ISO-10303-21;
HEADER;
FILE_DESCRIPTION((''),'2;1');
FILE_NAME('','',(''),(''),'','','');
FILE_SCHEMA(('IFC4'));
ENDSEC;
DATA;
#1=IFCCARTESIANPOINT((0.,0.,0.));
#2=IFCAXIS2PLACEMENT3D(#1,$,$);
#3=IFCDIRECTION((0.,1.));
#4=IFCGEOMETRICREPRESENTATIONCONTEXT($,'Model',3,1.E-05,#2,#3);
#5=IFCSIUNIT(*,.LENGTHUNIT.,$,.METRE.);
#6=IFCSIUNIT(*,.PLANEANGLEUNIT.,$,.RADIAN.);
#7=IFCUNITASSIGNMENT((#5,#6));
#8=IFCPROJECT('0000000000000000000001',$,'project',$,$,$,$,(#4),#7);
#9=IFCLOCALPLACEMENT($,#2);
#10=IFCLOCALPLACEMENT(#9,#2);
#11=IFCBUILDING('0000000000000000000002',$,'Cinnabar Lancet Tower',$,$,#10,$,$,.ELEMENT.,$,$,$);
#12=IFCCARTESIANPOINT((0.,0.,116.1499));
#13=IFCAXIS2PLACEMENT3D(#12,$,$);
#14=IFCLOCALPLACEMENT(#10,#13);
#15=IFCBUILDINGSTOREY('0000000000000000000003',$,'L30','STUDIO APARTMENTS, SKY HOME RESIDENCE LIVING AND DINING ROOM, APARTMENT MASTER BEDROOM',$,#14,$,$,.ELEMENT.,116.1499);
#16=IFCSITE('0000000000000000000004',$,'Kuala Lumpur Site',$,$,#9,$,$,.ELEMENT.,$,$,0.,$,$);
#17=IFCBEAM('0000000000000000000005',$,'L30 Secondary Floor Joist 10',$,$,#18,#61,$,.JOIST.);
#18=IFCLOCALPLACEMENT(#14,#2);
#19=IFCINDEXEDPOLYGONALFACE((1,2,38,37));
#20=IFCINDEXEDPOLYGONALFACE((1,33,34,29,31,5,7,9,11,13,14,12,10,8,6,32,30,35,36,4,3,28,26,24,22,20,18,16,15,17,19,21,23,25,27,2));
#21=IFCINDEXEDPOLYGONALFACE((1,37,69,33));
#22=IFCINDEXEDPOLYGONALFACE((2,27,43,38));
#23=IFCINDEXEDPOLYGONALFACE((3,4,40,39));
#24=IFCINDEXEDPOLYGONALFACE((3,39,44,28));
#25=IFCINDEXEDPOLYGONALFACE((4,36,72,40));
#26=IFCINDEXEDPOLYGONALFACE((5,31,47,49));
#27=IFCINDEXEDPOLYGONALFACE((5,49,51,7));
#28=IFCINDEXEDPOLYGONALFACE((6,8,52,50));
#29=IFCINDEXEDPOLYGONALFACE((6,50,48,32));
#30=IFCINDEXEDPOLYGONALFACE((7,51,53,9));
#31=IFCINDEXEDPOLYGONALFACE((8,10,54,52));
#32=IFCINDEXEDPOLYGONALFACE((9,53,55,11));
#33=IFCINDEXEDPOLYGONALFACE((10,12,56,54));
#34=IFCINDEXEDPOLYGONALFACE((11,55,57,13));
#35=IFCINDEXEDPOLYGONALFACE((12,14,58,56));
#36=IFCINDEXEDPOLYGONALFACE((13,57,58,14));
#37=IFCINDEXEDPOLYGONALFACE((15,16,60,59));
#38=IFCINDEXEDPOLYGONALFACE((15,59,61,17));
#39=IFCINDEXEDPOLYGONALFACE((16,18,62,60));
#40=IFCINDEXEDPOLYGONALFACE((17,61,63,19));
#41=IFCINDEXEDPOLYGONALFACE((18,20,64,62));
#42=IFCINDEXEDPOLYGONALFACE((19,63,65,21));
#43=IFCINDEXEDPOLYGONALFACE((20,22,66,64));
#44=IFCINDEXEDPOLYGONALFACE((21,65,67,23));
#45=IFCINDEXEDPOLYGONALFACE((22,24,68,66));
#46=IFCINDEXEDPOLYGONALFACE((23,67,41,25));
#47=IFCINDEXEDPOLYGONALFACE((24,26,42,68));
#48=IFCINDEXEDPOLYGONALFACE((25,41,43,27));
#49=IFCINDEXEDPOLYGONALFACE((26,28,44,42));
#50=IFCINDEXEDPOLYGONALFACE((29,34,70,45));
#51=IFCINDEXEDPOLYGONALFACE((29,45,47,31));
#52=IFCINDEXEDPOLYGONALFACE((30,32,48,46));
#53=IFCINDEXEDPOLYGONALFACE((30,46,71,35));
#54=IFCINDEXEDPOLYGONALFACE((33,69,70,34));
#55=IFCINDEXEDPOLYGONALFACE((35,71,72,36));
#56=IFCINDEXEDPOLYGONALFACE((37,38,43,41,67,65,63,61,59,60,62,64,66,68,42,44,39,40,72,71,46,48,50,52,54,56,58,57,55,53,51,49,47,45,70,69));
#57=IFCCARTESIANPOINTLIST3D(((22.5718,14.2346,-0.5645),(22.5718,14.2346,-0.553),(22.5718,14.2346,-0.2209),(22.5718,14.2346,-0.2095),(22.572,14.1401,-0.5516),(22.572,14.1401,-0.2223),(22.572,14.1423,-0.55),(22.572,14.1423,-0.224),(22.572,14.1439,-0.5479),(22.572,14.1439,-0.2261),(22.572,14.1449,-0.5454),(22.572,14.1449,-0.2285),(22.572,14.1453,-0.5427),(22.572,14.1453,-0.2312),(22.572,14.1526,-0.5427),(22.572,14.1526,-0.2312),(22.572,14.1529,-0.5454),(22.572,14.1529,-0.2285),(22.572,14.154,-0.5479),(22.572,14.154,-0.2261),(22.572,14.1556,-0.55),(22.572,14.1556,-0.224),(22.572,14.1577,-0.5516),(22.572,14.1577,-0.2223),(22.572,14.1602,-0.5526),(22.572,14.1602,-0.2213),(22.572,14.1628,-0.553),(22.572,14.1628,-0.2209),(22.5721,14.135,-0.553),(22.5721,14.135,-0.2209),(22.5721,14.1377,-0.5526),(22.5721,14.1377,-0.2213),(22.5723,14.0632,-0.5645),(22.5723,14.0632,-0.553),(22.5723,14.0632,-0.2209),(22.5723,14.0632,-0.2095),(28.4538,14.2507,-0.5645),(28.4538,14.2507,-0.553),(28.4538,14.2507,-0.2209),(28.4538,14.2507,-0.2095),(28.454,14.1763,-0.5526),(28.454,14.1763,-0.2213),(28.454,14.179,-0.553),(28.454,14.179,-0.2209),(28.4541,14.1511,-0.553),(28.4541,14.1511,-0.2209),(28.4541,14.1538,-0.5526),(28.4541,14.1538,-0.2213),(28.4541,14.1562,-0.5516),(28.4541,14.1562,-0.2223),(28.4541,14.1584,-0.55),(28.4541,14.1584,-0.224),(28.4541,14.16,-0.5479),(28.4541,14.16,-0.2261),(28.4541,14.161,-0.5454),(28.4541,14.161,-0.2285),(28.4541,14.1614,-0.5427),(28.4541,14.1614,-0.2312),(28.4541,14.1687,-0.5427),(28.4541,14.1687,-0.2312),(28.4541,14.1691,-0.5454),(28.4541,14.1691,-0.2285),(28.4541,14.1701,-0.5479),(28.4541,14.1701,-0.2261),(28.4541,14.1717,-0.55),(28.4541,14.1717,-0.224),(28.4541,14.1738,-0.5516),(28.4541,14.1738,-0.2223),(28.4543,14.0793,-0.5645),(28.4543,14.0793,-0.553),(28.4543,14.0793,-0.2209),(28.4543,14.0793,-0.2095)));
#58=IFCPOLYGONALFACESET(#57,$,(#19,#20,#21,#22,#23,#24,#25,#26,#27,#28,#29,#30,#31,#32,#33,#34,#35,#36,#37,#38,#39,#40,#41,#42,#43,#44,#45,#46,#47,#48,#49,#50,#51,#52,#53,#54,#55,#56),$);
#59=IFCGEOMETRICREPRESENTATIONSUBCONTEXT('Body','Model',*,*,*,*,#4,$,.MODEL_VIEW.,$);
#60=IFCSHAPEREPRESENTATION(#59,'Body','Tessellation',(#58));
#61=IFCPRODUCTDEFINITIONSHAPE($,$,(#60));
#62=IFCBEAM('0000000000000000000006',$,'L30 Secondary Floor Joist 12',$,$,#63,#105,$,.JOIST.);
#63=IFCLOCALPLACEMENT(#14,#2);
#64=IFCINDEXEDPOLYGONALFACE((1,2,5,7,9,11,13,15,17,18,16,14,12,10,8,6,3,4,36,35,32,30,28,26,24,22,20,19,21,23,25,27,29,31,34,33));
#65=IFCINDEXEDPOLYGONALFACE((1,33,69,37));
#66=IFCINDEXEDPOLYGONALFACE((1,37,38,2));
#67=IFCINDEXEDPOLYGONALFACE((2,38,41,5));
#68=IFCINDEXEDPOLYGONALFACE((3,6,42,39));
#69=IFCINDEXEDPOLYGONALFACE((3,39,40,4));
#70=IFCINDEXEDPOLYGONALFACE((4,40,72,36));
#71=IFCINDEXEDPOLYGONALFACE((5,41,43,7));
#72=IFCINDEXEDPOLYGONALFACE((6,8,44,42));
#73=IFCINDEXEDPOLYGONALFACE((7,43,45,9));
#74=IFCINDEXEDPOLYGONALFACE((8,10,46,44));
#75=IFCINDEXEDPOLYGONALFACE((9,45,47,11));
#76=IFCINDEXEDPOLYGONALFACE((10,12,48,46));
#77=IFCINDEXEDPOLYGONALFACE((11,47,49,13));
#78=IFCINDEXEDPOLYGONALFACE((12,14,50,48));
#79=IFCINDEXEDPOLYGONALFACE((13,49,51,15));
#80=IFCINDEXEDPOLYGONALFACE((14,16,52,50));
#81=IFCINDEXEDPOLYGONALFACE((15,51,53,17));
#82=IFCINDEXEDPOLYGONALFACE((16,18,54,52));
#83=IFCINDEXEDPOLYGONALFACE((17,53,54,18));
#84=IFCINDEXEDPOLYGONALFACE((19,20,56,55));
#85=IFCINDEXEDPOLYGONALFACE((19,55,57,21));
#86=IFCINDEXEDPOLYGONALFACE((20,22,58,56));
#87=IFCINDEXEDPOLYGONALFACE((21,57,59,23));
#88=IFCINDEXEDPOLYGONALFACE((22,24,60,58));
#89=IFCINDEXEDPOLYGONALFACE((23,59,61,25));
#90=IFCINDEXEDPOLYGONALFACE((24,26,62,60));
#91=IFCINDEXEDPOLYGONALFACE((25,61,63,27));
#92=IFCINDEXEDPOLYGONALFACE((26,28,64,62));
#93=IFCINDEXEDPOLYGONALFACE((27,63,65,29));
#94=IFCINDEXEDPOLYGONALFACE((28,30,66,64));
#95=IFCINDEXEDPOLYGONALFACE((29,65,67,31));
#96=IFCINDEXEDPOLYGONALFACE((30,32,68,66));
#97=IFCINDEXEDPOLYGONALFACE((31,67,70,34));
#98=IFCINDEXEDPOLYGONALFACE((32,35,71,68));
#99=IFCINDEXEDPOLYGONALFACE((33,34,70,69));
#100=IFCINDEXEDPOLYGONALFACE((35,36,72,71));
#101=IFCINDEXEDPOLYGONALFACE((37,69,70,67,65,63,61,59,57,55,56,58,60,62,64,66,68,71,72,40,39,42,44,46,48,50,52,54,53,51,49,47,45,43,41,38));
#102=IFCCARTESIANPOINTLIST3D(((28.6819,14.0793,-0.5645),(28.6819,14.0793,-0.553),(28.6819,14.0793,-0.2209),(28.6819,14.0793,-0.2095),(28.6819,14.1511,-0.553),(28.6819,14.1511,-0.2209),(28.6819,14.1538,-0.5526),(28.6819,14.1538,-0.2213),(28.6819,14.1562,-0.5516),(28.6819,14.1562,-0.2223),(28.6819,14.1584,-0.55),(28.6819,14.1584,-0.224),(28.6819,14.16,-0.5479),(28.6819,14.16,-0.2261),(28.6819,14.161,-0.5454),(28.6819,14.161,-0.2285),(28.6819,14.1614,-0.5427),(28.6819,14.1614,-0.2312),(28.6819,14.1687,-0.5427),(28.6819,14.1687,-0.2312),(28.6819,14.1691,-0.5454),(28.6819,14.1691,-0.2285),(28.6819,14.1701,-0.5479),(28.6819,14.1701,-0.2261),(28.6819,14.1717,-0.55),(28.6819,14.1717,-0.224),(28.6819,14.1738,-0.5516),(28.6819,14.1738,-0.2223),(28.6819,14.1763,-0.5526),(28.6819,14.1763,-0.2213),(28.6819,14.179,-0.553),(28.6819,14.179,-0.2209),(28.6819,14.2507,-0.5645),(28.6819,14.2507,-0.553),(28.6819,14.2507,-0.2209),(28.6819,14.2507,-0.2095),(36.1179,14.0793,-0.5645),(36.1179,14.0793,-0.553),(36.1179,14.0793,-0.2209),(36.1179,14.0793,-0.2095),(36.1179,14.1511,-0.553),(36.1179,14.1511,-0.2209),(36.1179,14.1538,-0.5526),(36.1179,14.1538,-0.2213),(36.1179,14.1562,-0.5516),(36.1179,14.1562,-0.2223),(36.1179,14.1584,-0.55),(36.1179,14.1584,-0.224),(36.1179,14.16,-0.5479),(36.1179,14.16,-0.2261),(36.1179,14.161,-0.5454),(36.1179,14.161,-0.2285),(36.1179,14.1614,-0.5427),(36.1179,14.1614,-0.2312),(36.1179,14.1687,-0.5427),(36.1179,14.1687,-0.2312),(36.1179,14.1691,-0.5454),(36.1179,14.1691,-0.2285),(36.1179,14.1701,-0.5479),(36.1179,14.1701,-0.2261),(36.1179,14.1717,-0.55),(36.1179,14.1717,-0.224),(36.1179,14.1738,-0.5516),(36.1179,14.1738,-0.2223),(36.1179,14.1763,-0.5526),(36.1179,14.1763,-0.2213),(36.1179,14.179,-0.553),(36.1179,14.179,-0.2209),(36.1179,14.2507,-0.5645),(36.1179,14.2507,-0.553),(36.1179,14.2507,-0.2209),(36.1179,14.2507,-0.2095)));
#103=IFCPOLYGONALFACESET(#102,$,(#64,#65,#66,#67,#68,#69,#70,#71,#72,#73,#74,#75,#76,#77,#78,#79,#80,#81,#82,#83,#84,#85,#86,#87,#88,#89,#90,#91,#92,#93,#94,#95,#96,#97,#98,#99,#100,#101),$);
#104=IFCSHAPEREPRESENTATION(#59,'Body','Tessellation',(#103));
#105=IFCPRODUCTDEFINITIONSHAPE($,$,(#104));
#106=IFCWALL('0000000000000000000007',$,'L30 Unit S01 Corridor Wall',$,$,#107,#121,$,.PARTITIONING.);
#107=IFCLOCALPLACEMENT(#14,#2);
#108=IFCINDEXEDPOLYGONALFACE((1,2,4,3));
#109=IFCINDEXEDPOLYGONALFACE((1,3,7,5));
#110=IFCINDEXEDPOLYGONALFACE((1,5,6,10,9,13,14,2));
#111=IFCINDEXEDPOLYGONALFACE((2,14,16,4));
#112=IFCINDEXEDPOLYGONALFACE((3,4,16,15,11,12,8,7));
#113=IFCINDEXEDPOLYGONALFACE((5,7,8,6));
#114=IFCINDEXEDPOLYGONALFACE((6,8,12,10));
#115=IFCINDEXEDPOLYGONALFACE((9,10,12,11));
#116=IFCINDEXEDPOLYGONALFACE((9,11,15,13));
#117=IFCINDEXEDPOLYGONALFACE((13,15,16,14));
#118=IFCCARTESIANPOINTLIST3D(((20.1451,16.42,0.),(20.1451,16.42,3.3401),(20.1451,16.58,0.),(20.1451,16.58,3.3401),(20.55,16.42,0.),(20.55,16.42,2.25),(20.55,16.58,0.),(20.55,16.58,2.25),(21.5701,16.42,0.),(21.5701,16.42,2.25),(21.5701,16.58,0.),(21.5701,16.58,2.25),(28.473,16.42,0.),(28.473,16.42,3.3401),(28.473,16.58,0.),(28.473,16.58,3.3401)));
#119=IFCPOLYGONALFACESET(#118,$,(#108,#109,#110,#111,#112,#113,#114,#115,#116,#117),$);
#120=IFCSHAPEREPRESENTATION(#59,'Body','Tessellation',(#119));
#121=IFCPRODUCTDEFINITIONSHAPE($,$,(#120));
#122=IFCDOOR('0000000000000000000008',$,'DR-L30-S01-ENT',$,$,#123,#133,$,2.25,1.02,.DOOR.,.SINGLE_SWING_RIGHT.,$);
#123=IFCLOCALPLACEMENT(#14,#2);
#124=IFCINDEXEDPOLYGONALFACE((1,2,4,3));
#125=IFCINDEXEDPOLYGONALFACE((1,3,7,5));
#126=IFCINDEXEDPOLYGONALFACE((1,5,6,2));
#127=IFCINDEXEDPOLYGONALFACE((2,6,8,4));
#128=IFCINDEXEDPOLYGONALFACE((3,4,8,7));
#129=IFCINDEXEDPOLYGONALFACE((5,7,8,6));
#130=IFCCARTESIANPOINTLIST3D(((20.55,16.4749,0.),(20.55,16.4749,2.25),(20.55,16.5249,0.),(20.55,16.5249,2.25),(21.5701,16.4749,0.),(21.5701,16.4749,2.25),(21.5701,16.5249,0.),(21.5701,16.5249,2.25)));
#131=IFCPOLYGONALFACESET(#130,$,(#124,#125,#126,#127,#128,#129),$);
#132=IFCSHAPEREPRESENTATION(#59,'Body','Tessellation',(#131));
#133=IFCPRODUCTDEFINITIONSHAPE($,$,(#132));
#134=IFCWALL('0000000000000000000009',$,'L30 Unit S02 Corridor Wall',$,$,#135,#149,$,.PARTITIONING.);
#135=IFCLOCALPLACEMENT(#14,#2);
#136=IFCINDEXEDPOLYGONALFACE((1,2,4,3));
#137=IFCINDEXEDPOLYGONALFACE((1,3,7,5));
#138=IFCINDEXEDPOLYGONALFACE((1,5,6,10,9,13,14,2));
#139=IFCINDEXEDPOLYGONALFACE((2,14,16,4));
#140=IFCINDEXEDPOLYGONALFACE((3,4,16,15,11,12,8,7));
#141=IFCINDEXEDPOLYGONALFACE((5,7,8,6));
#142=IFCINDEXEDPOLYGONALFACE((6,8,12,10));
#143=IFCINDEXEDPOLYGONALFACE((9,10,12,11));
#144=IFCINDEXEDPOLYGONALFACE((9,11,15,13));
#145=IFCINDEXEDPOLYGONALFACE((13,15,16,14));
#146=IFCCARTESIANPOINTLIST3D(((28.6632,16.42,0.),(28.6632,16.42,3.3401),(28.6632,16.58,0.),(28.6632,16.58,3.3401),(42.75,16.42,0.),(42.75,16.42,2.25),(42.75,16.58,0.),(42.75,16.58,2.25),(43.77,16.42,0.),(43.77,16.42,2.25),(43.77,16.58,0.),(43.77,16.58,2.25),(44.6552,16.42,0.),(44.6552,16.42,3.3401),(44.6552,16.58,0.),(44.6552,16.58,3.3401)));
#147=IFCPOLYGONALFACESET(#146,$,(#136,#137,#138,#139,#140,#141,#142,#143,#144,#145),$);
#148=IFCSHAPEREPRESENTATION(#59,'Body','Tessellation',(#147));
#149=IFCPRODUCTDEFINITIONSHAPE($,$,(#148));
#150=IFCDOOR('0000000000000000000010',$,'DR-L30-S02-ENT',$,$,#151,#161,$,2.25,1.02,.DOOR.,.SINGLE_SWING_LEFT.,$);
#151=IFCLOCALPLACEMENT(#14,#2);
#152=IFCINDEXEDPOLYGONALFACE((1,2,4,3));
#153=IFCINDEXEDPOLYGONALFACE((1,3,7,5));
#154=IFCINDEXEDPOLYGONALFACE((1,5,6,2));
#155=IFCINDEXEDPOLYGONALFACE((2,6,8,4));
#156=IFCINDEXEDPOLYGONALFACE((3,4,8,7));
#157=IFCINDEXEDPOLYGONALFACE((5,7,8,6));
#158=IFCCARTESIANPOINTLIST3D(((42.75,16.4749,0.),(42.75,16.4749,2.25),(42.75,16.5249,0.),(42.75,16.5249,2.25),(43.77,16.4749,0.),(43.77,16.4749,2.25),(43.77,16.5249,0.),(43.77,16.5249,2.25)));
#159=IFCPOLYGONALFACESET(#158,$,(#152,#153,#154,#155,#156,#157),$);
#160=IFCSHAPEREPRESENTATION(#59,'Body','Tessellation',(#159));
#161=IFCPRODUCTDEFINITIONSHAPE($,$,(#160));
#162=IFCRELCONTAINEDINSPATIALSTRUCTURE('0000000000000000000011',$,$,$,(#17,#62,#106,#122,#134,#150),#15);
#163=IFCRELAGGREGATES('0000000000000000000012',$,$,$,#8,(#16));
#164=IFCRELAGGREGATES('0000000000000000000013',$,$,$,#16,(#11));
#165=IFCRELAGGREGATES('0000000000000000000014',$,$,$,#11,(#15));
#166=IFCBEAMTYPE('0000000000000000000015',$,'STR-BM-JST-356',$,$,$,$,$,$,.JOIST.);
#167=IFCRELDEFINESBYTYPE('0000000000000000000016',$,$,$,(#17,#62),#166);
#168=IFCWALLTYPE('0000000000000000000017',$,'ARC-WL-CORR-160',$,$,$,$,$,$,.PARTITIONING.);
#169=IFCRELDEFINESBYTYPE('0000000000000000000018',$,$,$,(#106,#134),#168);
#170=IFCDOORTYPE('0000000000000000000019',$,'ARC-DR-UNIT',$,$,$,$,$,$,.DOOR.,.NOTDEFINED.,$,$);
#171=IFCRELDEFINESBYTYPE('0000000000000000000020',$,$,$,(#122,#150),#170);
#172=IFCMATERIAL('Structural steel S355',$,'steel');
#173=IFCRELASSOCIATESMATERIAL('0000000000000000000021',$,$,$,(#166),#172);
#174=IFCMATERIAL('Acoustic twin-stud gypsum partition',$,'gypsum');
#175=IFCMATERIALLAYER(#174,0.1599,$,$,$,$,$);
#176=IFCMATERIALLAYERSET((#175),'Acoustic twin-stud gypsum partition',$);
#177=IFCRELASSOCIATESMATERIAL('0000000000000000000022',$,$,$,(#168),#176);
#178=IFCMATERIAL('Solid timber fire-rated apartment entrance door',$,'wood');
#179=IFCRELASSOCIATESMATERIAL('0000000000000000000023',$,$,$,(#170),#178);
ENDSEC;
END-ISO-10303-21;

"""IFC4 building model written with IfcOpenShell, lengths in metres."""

from ifc_helpers import new_model, si_unit, direction, frame, frame_2d, origin, origin_2d, place, context, subcontext, project, spatial, rectangle, i_section, extrude, material, layer, layer_set, material_profile, profile_set, type_object, element, fill, save


model = new_model("IFC4")

# Units and contexts
model_context = context("Model", 3, precision=1e-05, world=origin(), true_north=direction((0.0, 1.0)))
body_context = subcontext(model_context, "Body", "Model", "MODEL_VIEW")
ifc_project = project(units=[si_unit("LENGTHUNIT", "METRE"), si_unit("PLANEANGLEUNIT", "RADIAN")], contexts=[model_context])

# Site, building, storey
site_placement = place(None, origin())
site = spatial("IfcSite", under=ifc_project, at=site_placement, Name="Kuala Lumpur Site", CompositionType="ELEMENT", RefElevation=0.0)
building_placement = place(site_placement, origin())
building = spatial("IfcBuilding", under=site, at=building_placement, Name="Cinnabar Lancet Tower", CompositionType="ELEMENT")
storey_placement = place(building_placement, frame((0.0, 0.0, 116.1499)))
storey = spatial("IfcBuildingStorey", under=building, at=storey_placement, Name="L30", Description="STUDIO APARTMENTS, SKY HOME RESIDENCE LIVING AND DINING ROOM, APARTMENT MASTER BEDROOM", CompositionType="ELEMENT", Elevation=116.1499)

# Beams
ifc_material_1 = material(Name="Structural steel S355", Category="steel")
ifc_material_profile_1 = material_profile(ifc_material_1, i_section(OverallWidth=0.1714, OverallDepth=0.355, WebThickness=0.0073, FlangeThickness=0.0115, FilletRadius=0.0103, at=origin_2d()), Name="UKB 356x171x51")
ifc_profile_set_1 = profile_set([ifc_material_profile_1], Name="Structural steel S355")
beam_type = type_object("IfcBeamType", Name="STR-BM-JST-356", PredefinedType="JOIST", material=ifc_profile_set_1)
beam_1_placement = place(storey_placement, frame((22.572, 14.1489, -0.387), z_axis=(0.999996, 0.002739, 0.0), x_axis=(-0.002739, 0.999996, 0.0)))
element("IfcBeam", 1, at=beam_1_placement, inside=storey, type_object=beam_type, Name="L30 Secondary Floor Joist 10", PredefinedType="JOIST", context=body_context, shape_type="SweptSolid", body=[
    extrude(i_section(OverallWidth=0.1714, OverallDepth=0.355, WebThickness=0.0073, FlangeThickness=0.0115, FilletRadius=0.0103, at=origin_2d()), origin(), (0.0, 0.0, 1.0), 5.8821),
])
beam_2_placement = place(storey_placement, frame((28.6819, 14.165, -0.387), z_axis=(1.0, 0.0, 0.0), x_axis=(0.0, 1.0, 0.0)))
element("IfcBeam", 2, at=beam_2_placement, inside=storey, type_object=beam_type, Name="L30 Secondary Floor Joist 12", PredefinedType="JOIST", context=body_context, shape_type="SweptSolid", body=[
    extrude(i_section(OverallWidth=0.1714, OverallDepth=0.355, WebThickness=0.0073, FlangeThickness=0.0115, FilletRadius=0.0103, at=origin_2d()), origin(), (0.0, 0.0, 1.0), 7.436),
])

# Walls, openings, doors
ifc_material_2 = material(Name="Acoustic twin-stud gypsum partition", Category="gypsum")
ifc_layer = layer(ifc_material_2, 0.1599)
ifc_layer_set = layer_set([ifc_layer], Name="Acoustic twin-stud gypsum partition")
wall_type = type_object("IfcWallType", Name="ARC-WL-CORR-160", PredefinedType="PARTITIONING", material=ifc_layer_set)
wall_1_placement = place(storey_placement, frame((20.145, 16.5, 0.0), z_axis=(0.0, 0.0, 1.0), x_axis=(1.0, 0.0, 0.0)))
wall_1 = element("IfcWall", 3, at=wall_1_placement, inside=storey, type_object=wall_type, Name="L30 Unit S01 Corridor Wall", PredefinedType="PARTITIONING", context=body_context, shape_type="SweptSolid", body=[
    extrude(rectangle(XDim=8.3279, YDim=0.1599, at=frame_2d((4.1641, 0.0))), origin(), (0.0, 0.0, 1.0), 3.3401),
])
opening_1_placement = place(wall_1_placement, frame((0.405, 0.0, 0.0)))
opening_1 = element("IfcOpeningElement", 4, at=opening_1_placement, cuts=wall_1, PredefinedType="OPENING", context=body_context, shape_type="SweptSolid", body=[
    extrude(rectangle(XDim=1.02, YDim=2.25, at=frame_2d((0.51, 1.125))), frame((0.0, 0.0898, 0.0), z_axis=(0.0, -1.0, 0.0), x_axis=(1.0, 0.0, 0.0)), (0.0, 0.0, 1.0), 0.1799),
])
ifc_material_3 = material(Name="Solid timber fire-rated apartment entrance door", Category="wood")
door_type = type_object("IfcDoorType", Name="ARC-DR-UNIT", OperationType="NOTDEFINED", PredefinedType="DOOR", material=ifc_material_3)
door_1_placement = place(opening_1_placement, origin())
door_1 = element("IfcDoor", 5, at=door_1_placement, inside=storey, type_object=door_type, Name="DR-L30-S01-ENT", OperationType="SINGLE_SWING_RIGHT", OverallHeight=2.25, OverallWidth=1.02, PredefinedType="DOOR", context=body_context, shape_type="SweptSolid", body=[
    extrude(rectangle(XDim=1.02, YDim=2.25, at=frame_2d((0.51, 1.125))), frame((0.0, 0.0249, 0.0), z_axis=(0.0, -1.0, 0.0), x_axis=(1.0, 0.0, 0.0)), (0.0, 0.0, 1.0), 0.05),
])
fill(opening_1, door_1)
wall_2_placement = place(storey_placement, frame((28.6631, 16.5, 0.0), z_axis=(0.0, 0.0, 1.0), x_axis=(1.0, 0.0, 0.0)))
wall_2 = element("IfcWall", 6, at=wall_2_placement, inside=storey, type_object=wall_type, Name="L30 Unit S02 Corridor Wall", PredefinedType="PARTITIONING", context=body_context, shape_type="SweptSolid", body=[
    extrude(rectangle(XDim=15.9919, YDim=0.1599, at=frame_2d((7.9961, 0.0))), origin(), (0.0, 0.0, 1.0), 3.3401),
])
opening_2_placement = place(wall_2_placement, frame((14.0869, 0.0, 0.0)))
opening_2 = element("IfcOpeningElement", 7, at=opening_2_placement, cuts=wall_2, PredefinedType="OPENING", context=body_context, shape_type="SweptSolid", body=[
    extrude(rectangle(XDim=1.02, YDim=2.25, at=frame_2d((0.51, 1.125))), frame((0.0, 0.0898, 0.0), z_axis=(0.0, -1.0, 0.0), x_axis=(1.0, 0.0, 0.0)), (0.0, 0.0, 1.0), 0.1799),
])
door_2_placement = place(opening_2_placement, origin())
door_2 = element("IfcDoor", 8, at=door_2_placement, inside=storey, type_object=door_type, Name="DR-L30-S02-ENT", OperationType="SINGLE_SWING_LEFT", OverallHeight=2.25, OverallWidth=1.02, PredefinedType="DOOR", context=body_context, shape_type="SweptSolid", body=[
    extrude(rectangle(XDim=1.02, YDim=2.25, at=frame_2d((0.51, 1.125))), frame((0.0, 0.0249, 0.0), z_axis=(0.0, -1.0, 0.0), x_axis=(1.0, 0.0, 0.0)), (0.0, 0.0, 1.0), 0.05),
])
fill(opening_2, door_2)

save(model, "model.ifc")
